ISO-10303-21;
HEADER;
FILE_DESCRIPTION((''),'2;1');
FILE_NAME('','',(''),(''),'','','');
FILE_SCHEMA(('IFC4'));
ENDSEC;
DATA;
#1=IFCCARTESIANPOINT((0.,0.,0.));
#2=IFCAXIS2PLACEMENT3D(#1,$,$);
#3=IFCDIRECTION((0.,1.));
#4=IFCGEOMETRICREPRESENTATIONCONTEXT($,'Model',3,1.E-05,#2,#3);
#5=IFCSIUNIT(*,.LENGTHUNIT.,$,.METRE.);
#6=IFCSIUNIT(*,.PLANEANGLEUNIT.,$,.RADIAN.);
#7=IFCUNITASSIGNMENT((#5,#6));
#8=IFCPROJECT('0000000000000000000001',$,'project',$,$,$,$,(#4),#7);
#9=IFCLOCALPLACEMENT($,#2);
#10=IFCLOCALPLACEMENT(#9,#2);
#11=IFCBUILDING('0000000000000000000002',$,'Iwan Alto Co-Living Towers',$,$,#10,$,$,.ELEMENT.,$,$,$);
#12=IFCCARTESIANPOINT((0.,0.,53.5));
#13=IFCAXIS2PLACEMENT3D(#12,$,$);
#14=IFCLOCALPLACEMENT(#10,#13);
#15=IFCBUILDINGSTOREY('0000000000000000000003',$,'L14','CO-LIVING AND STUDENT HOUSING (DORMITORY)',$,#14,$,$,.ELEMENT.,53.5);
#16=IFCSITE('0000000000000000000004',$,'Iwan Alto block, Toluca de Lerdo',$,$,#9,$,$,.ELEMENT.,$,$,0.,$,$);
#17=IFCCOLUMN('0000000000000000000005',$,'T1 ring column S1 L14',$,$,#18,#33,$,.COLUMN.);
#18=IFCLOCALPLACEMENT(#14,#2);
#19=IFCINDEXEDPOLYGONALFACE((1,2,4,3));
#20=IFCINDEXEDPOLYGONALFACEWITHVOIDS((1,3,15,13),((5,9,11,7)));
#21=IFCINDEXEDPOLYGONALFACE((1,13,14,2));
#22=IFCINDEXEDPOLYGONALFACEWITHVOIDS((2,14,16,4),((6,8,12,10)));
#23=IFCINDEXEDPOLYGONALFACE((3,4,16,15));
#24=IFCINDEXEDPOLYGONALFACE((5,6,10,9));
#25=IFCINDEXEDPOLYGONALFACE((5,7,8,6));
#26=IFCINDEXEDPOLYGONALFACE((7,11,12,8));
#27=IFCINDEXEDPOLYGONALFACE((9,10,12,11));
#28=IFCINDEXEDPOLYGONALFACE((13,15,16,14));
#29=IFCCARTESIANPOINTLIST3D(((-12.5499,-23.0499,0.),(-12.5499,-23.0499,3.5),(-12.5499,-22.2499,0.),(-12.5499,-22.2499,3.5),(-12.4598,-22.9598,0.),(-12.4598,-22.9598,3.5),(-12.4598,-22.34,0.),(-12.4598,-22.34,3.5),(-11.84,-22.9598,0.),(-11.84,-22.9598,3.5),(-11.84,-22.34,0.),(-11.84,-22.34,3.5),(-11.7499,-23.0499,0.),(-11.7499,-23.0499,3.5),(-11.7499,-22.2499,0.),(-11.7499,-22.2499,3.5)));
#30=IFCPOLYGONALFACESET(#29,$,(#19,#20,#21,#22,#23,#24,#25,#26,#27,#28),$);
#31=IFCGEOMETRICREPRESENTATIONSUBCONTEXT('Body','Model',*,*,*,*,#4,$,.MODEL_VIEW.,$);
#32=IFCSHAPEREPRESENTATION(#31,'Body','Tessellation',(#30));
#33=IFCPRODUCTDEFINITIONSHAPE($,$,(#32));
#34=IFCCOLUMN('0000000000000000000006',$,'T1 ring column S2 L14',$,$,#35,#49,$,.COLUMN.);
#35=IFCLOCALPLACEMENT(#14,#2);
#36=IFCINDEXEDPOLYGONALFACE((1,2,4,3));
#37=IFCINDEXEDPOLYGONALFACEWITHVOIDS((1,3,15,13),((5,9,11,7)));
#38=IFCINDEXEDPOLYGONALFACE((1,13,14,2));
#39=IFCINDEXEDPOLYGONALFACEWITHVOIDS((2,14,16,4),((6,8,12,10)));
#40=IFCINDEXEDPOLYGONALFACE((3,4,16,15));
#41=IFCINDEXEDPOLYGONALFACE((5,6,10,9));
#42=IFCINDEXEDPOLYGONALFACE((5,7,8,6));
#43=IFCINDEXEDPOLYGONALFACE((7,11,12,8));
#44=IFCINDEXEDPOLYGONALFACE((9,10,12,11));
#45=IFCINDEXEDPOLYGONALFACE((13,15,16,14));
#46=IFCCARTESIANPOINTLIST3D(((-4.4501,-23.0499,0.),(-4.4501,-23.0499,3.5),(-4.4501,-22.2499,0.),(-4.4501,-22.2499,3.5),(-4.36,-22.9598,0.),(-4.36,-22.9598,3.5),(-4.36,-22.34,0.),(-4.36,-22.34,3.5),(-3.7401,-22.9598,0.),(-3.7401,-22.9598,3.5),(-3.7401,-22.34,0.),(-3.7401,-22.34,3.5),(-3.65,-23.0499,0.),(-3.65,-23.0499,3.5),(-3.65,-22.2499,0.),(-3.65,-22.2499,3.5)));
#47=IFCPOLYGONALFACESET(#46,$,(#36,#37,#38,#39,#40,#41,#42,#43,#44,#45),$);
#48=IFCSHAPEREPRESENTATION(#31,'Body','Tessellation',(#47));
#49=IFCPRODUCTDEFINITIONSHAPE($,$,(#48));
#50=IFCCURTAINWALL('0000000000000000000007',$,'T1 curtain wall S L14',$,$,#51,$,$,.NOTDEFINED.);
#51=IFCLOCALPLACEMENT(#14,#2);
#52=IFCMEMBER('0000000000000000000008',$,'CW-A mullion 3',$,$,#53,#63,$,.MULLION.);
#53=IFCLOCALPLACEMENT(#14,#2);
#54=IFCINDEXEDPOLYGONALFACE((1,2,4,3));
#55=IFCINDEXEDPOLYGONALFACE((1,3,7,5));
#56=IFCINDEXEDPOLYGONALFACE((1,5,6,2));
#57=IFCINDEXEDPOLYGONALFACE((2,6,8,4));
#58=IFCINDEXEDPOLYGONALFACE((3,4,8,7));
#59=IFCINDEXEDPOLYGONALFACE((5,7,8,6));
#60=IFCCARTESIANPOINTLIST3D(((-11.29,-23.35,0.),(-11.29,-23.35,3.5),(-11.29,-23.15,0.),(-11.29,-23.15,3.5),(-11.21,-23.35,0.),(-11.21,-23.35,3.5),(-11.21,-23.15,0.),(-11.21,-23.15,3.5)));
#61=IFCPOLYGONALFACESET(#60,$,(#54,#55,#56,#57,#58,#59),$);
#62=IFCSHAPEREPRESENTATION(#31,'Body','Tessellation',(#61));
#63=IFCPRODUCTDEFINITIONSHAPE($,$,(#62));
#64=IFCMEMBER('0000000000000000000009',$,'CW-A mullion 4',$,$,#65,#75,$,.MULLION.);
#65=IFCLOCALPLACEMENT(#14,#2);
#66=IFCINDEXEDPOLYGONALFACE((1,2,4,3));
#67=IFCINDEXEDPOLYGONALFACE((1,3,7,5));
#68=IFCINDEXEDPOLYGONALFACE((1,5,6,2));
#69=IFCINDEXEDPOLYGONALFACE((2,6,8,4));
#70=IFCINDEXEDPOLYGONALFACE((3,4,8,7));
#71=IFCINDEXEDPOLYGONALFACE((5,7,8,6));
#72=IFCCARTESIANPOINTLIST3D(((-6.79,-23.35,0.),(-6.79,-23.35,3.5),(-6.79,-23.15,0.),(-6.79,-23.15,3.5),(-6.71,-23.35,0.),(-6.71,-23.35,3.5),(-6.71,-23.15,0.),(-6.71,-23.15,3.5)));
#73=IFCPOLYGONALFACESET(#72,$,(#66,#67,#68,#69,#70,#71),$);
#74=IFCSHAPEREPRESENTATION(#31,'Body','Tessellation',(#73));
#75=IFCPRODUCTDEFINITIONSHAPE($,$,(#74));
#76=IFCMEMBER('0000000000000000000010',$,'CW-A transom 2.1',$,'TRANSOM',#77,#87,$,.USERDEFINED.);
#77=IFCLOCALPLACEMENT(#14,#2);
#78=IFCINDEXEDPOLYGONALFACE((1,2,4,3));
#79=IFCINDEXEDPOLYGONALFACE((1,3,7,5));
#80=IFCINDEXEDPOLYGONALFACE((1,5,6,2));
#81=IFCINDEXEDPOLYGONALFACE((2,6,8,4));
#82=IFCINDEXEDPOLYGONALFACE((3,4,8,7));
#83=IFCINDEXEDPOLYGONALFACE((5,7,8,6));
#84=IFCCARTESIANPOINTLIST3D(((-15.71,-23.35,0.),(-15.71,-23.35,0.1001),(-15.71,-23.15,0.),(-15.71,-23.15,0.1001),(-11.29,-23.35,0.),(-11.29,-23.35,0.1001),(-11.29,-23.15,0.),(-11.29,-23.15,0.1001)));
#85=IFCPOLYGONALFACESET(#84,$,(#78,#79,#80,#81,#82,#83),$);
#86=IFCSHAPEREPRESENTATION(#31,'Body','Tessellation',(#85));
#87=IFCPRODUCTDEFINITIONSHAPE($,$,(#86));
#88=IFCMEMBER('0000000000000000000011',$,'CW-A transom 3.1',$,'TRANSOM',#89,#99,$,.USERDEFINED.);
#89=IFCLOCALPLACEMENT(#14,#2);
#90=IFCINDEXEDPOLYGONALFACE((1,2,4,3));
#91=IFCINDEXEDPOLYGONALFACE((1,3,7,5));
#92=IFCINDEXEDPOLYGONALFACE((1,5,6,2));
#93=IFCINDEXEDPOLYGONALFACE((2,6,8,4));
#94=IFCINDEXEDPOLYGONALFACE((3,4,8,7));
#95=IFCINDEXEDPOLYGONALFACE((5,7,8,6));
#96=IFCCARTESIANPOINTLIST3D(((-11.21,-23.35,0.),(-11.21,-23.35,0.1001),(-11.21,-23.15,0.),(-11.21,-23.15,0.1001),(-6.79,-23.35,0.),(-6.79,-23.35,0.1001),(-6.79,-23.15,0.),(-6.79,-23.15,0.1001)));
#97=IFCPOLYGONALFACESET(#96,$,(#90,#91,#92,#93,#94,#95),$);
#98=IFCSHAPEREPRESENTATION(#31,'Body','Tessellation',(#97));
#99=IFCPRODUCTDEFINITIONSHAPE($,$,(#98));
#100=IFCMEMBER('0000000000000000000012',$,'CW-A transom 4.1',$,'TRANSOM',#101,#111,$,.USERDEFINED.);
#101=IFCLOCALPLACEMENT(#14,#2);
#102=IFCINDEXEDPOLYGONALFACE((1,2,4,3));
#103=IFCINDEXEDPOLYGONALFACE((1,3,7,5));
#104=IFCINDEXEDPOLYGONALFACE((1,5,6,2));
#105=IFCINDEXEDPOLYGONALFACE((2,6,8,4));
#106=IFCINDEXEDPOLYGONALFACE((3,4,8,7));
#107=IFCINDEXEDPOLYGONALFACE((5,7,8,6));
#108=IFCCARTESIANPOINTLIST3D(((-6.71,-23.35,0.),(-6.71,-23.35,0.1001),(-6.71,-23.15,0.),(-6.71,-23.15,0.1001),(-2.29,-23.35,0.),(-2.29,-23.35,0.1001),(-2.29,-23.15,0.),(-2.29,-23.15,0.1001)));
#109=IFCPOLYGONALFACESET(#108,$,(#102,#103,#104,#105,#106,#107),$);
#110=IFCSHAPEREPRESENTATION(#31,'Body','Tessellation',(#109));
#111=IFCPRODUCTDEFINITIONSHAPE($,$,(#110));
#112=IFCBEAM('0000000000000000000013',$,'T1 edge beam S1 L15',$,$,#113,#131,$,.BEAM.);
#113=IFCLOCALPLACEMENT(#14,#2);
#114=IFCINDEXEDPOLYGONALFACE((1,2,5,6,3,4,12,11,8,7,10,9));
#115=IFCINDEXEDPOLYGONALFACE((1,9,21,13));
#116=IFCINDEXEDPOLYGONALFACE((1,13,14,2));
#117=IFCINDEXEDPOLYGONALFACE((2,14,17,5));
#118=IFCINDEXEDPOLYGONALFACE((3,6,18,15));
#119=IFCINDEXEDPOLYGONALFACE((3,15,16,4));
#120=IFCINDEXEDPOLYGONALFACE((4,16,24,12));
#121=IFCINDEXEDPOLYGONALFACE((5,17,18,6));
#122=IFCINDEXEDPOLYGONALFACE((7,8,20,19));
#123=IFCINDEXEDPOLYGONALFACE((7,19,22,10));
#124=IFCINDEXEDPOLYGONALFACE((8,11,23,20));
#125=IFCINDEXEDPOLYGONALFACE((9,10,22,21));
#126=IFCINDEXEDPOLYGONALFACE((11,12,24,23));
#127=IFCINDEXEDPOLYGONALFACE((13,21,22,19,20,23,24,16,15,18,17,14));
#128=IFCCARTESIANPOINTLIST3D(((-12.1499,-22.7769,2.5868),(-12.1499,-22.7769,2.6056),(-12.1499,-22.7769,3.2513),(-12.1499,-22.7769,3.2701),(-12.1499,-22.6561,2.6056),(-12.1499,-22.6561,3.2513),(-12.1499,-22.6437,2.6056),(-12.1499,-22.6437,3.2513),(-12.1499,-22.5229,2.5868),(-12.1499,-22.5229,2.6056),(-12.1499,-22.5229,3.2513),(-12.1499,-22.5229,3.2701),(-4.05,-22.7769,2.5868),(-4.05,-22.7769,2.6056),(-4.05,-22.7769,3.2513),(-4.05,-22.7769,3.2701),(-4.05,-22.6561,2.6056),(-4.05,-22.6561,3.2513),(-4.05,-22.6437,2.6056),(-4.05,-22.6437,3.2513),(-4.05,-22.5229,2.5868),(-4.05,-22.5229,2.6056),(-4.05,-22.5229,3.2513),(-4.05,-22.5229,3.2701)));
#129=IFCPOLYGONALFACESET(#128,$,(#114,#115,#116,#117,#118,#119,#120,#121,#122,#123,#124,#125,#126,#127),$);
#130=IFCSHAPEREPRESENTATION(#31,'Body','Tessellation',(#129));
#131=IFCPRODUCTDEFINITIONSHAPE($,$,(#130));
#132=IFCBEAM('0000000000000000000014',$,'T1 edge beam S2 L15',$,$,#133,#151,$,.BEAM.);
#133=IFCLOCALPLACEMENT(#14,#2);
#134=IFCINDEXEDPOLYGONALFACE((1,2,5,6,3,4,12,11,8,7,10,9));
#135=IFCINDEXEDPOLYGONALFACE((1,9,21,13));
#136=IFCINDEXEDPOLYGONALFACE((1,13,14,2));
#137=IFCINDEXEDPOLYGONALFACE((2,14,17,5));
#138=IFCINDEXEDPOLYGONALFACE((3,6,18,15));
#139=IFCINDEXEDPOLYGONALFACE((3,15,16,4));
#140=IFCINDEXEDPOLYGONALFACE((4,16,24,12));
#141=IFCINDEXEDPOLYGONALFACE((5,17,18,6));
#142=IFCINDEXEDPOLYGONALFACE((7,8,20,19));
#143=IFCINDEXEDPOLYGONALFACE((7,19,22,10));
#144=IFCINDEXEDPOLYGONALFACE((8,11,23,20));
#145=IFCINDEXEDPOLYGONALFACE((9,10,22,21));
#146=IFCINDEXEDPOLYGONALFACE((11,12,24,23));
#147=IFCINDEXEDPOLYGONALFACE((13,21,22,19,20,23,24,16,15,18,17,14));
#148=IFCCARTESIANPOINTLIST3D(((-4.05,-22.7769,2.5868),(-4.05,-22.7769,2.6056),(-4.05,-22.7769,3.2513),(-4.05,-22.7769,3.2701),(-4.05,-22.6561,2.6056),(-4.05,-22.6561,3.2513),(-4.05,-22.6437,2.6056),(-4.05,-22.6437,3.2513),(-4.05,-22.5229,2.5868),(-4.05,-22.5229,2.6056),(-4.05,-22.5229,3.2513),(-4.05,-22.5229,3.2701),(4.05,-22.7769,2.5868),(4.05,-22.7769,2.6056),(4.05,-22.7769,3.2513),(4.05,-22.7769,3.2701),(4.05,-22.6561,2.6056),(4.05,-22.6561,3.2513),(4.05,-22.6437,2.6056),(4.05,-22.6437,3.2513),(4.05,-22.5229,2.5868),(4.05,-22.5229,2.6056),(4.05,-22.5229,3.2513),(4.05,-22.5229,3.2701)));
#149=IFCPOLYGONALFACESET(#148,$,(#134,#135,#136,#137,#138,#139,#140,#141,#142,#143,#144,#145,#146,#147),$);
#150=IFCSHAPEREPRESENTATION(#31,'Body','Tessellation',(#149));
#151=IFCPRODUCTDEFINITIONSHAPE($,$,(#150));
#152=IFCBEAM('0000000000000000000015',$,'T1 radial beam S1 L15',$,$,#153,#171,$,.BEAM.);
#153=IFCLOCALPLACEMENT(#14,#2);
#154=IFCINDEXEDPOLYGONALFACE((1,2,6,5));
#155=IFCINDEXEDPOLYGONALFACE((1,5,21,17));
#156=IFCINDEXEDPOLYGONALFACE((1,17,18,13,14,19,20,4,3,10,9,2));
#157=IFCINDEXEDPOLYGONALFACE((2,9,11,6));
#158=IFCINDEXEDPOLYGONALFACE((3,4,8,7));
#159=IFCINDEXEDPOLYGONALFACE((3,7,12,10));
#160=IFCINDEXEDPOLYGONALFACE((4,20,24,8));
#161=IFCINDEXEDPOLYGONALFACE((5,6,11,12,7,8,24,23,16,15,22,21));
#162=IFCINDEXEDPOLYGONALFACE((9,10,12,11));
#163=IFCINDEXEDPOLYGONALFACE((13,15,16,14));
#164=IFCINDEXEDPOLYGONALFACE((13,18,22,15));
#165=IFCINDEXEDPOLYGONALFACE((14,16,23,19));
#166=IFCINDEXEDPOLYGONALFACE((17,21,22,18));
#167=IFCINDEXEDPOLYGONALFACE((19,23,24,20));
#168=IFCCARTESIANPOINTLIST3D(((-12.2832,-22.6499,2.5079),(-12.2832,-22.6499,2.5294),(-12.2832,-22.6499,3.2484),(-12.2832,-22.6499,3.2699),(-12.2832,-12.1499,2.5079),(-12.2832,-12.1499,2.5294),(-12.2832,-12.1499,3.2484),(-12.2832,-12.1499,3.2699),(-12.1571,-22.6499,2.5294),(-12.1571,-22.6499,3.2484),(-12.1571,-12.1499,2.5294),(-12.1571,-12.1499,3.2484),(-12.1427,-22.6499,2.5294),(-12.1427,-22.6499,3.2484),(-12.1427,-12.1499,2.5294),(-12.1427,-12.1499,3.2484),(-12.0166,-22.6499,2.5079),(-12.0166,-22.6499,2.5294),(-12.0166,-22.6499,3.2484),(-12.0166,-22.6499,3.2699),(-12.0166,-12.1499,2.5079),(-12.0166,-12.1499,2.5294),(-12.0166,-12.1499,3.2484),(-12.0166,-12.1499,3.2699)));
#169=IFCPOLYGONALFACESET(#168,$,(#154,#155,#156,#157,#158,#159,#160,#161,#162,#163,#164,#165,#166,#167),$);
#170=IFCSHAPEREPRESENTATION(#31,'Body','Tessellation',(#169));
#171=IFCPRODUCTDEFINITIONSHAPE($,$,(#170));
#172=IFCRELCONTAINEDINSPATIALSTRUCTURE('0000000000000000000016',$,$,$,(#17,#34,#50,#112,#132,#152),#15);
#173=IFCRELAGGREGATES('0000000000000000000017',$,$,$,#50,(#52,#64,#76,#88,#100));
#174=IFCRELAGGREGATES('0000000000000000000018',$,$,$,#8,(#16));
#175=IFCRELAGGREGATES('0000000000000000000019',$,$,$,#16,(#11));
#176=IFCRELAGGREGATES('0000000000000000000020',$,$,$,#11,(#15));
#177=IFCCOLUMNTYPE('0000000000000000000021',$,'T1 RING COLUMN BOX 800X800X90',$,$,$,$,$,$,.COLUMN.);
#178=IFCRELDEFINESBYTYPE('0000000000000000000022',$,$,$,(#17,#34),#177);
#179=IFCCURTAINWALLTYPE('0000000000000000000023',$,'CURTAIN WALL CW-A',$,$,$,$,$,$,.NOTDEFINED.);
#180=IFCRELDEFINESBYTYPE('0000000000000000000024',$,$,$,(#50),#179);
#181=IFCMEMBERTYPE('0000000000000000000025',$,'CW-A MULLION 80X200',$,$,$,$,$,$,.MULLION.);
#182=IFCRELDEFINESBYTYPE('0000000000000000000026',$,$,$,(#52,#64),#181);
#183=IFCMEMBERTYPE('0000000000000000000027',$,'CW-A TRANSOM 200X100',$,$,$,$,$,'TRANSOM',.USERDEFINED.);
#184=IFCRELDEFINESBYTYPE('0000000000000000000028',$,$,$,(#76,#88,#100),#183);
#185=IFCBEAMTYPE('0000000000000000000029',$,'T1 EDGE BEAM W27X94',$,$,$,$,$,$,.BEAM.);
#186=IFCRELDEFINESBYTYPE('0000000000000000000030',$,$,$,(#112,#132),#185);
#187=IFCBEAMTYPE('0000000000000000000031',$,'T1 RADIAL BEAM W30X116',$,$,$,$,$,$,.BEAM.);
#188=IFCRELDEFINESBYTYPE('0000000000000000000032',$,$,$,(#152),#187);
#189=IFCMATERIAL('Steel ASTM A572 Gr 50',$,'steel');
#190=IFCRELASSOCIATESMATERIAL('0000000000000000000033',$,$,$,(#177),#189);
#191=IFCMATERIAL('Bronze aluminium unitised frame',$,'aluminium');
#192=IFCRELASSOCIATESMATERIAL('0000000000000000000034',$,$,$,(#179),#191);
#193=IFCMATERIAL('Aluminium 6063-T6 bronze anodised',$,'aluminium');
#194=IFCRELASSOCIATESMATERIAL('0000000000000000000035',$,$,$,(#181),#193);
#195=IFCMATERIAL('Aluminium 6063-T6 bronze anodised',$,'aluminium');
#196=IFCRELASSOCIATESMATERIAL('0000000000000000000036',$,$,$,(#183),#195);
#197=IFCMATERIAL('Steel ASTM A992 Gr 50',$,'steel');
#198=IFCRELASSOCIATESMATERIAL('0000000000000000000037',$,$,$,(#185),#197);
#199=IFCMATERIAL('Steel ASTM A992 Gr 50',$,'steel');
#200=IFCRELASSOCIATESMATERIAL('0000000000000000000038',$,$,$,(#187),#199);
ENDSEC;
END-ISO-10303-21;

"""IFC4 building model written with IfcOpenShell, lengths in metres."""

from ifc_helpers import new_model, si_unit, direction, frame, origin, origin_2d, place, context, subcontext, project, spatial, rectangle, hollow_rectangle, i_section, extrude, material, material_profile, profile_set, type_object, element, aggregate, save


model = new_model("IFC4")

# Units and contexts
model_context = context("Model", 3, precision=1e-05, world=origin(), true_north=direction((0.0, 1.0)))
body_context = subcontext(model_context, "Body", "Model", "MODEL_VIEW")
ifc_project = project(units=[si_unit("LENGTHUNIT", "METRE"), si_unit("PLANEANGLEUNIT", "RADIAN")], contexts=[model_context])

# Site, building, storey
site_placement = place(None, origin())
site = spatial("IfcSite", under=ifc_project, at=site_placement, Name="Iwan Alto block, Toluca de Lerdo", CompositionType="ELEMENT", RefElevation=0.0)
building_placement = place(site_placement, origin())
building = spatial("IfcBuilding", under=site, at=building_placement, Name="Iwan Alto Co-Living Towers", CompositionType="ELEMENT")
storey_placement = place(building_placement, frame((0.0, 0.0, 53.5)))
storey = spatial("IfcBuildingStorey", under=building, at=storey_placement, Name="L14", Description="CO-LIVING AND STUDENT HOUSING (DORMITORY)", CompositionType="ELEMENT", Elevation=53.5)

# Columns
ifc_material_1 = material(Name="Steel ASTM A572 Gr 50", Category="steel")
ifc_material_profile_1 = material_profile(ifc_material_1, hollow_rectangle(XDim=0.8, YDim=0.8, WallThickness=0.0901, at=origin_2d()), Name="BOX 800X800X90")
ifc_profile_set_1 = profile_set([ifc_material_profile_1], Name="Steel ASTM A572 Gr 50")
column_type = type_object("IfcColumnType", Name="T1 RING COLUMN BOX 800X800X90", PredefinedType="COLUMN", material=ifc_profile_set_1)
for number, where, z_axis, x_axis, name in (
    (1, (-12.1499, -22.6499, 0.0), (0.0, 0.0, 1.0), (1.0, 0.0, 0.0), "T1 ring column S1 L14"),
    (2, (-4.05, -22.6499, 0.0), (0.0, 0.0, 1.0), (1.0, 0.0, 0.0), "T1 ring column S2 L14"),
):
    element("IfcColumn", number, at=place(storey_placement, frame(where, z_axis=z_axis, x_axis=x_axis)), inside=storey, type_object=column_type, Name=name, PredefinedType="COLUMN", context=body_context, shape_type="SweptSolid", body=[
        extrude(hollow_rectangle(XDim=0.8, YDim=0.8, WallThickness=0.0901, at=origin_2d()), origin(), (0.0, 0.0, 1.0), 3.5),
    ])

# Curtain wall, members
ifc_material_2 = material(Name="Bronze aluminium unitised frame", Category="aluminium")
curtain_wall_type = type_object("IfcCurtainWallType", Name="CURTAIN WALL CW-A", PredefinedType="NOTDEFINED", material=ifc_material_2)
curtain_wall_placement = place(storey_placement, origin())
curtain_wall = element("IfcCurtainWall", 3, at=curtain_wall_placement, inside=storey, type_object=curtain_wall_type, Name="T1 curtain wall S L14", PredefinedType="NOTDEFINED")
ifc_material_3 = material(Name="Aluminium 6063-T6 bronze anodised", Category="aluminium")
ifc_material_profile_2 = material_profile(ifc_material_3, rectangle(XDim=0.2, YDim=0.0801, at=origin_2d()), Name="AL 80X200")
ifc_profile_set_2 = profile_set([ifc_material_profile_2], Name="Aluminium 6063-T6 bronze anodised")
member_type_1 = type_object("IfcMemberType", Name="CW-A MULLION 80X200", PredefinedType="MULLION", material=ifc_profile_set_2)
member_1_placement = place(storey_placement, frame((-11.25, -23.25, 0.0), z_axis=(0.0, 0.0, 1.0), x_axis=(0.0, 1.0, 0.0)))
member_1 = element("IfcMember", 4, at=member_1_placement, type_object=member_type_1, Name="CW-A mullion 3", PredefinedType="MULLION", context=body_context, shape_type="SweptSolid", body=[
    extrude(rectangle(XDim=0.2, YDim=0.0801, at=origin_2d()), origin(), (0.0, 0.0, 1.0), 3.5),
])
member_2_placement = place(storey_placement, frame((-6.75, -23.25, 0.0), z_axis=(0.0, 0.0, 1.0), x_axis=(0.0, 1.0, 0.0)))
member_2 = element("IfcMember", 5, at=member_2_placement, type_object=member_type_1, Name="CW-A mullion 4", PredefinedType="MULLION", context=body_context, shape_type="SweptSolid", body=[
    extrude(rectangle(XDim=0.2, YDim=0.0801, at=origin_2d()), origin(), (0.0, 0.0, 1.0), 3.5),
])
ifc_material_4 = material(Name="Aluminium 6063-T6 bronze anodised", Category="aluminium")
ifc_material_profile_3 = material_profile(ifc_material_4, rectangle(XDim=0.2, YDim=0.1001, at=origin_2d()), Name="AL 200X100")
ifc_profile_set_3 = profile_set([ifc_material_profile_3], Name="Aluminium 6063-T6 bronze anodised")
member_type_2 = type_object("IfcMemberType", Name="CW-A TRANSOM 200X100", ElementType="TRANSOM", PredefinedType="USERDEFINED", material=ifc_profile_set_3)
member_3_placement = place(storey_placement, frame((-15.71, -23.25, 0.05), z_axis=(1.0, 0.0, 0.0), x_axis=(0.0, 1.0, 0.0)))
member_3 = element("IfcMember", 6, at=member_3_placement, type_object=member_type_2, Name="CW-A transom 2.1", ObjectType="TRANSOM", PredefinedType="USERDEFINED", context=body_context, shape_type="SweptSolid", body=[
    extrude(rectangle(XDim=0.2, YDim=0.1001, at=origin_2d()), origin(), (0.0, 0.0, 1.0), 4.4199),
])
member_4_placement = place(storey_placement, frame((-11.21, -23.25, 0.05), z_axis=(1.0, 0.0, 0.0), x_axis=(0.0, 1.0, 0.0)))
member_4 = element("IfcMember", 7, at=member_4_placement, type_object=member_type_2, Name="CW-A transom 3.1", ObjectType="TRANSOM", PredefinedType="USERDEFINED", context=body_context, shape_type="SweptSolid", body=[
    extrude(rectangle(XDim=0.2, YDim=0.1001, at=origin_2d()), origin(), (0.0, 0.0, 1.0), 4.4199),
])
member_5_placement = place(storey_placement, frame((-6.71, -23.25, 0.05), z_axis=(1.0, 0.0, 0.0), x_axis=(0.0, 1.0, 0.0)))
member_5 = element("IfcMember", 8, at=member_5_placement, type_object=member_type_2, Name="CW-A transom 4.1", ObjectType="TRANSOM", PredefinedType="USERDEFINED", context=body_context, shape_type="SweptSolid", body=[
    extrude(rectangle(XDim=0.2, YDim=0.1001, at=origin_2d()), origin(), (0.0, 0.0, 1.0), 4.4199),
])

# Beams
ifc_material_5 = material(Name="Steel ASTM A992 Gr 50", Category="steel")
ifc_material_profile_4 = material_profile(ifc_material_5, i_section(OverallWidth=0.2539, OverallDepth=0.6833, WebThickness=0.0125, FlangeThickness=0.0188, at=origin_2d()), Name="W27X94")
ifc_profile_set_4 = profile_set([ifc_material_profile_4], Name="Steel ASTM A992 Gr 50")
beam_type_1 = type_object("IfcBeamType", Name="T1 EDGE BEAM W27X94", PredefinedType="BEAM", material=ifc_profile_set_4)
beam_1_placement = place(storey_placement, frame((-12.1499, -22.6499, 2.9285), z_axis=(1.0, 0.0, 0.0), x_axis=(0.0, 1.0, 0.0)))
element("IfcBeam", 9, at=beam_1_placement, inside=storey, type_object=beam_type_1, Name="T1 edge beam S1 L15", PredefinedType="BEAM", context=body_context, shape_type="SweptSolid", body=[
    extrude(i_section(OverallWidth=0.2539, OverallDepth=0.6833, WebThickness=0.0125, FlangeThickness=0.0188, at=origin_2d()), origin(), (0.0, 0.0, 1.0), 8.0999),
])
beam_2_placement = place(storey_placement, frame((-4.05, -22.6499, 2.9285), z_axis=(1.0, 0.0, 0.0), x_axis=(0.0, 1.0, 0.0)))
element("IfcBeam", 10, at=beam_2_placement, inside=storey, type_object=beam_type_1, Name="T1 edge beam S2 L15", PredefinedType="BEAM", context=body_context, shape_type="SweptSolid", body=[
    extrude(i_section(OverallWidth=0.2539, OverallDepth=0.6833, WebThickness=0.0125, FlangeThickness=0.0188, at=origin_2d()), origin(), (0.0, 0.0, 1.0), 8.1001),
])
ifc_material_6 = material(Name="Steel ASTM A992 Gr 50", Category="steel")
ifc_material_profile_5 = material_profile(ifc_material_6, i_section(OverallWidth=0.2666, OverallDepth=0.762, WebThickness=0.0144, FlangeThickness=0.0215, at=origin_2d()), Name="W30X116")
ifc_profile_set_5 = profile_set([ifc_material_profile_5], Name="Steel ASTM A992 Gr 50")
beam_type_2 = type_object("IfcBeamType", Name="T1 RADIAL BEAM W30X116", PredefinedType="BEAM", material=ifc_profile_set_5)
beam_3_placement = place(storey_placement, frame((-12.1499, -22.6499, 2.8889), z_axis=(0.0, 1.0, 0.0), x_axis=(-1.0, 0.0, 0.0)))
element("IfcBeam", 11, at=beam_3_placement, inside=storey, type_object=beam_type_2, Name="T1 radial beam S1 L15", PredefinedType="BEAM", context=body_context, shape_type="SweptSolid", body=[
    extrude(i_section(OverallWidth=0.2666, OverallDepth=0.762, WebThickness=0.0144, FlangeThickness=0.0215, at=origin_2d()), origin(), (0.0, 0.0, 1.0), 10.5),
])

aggregate(curtain_wall, [member_1, member_2, member_3, member_4, member_5])

save(model, "model.ifc")
